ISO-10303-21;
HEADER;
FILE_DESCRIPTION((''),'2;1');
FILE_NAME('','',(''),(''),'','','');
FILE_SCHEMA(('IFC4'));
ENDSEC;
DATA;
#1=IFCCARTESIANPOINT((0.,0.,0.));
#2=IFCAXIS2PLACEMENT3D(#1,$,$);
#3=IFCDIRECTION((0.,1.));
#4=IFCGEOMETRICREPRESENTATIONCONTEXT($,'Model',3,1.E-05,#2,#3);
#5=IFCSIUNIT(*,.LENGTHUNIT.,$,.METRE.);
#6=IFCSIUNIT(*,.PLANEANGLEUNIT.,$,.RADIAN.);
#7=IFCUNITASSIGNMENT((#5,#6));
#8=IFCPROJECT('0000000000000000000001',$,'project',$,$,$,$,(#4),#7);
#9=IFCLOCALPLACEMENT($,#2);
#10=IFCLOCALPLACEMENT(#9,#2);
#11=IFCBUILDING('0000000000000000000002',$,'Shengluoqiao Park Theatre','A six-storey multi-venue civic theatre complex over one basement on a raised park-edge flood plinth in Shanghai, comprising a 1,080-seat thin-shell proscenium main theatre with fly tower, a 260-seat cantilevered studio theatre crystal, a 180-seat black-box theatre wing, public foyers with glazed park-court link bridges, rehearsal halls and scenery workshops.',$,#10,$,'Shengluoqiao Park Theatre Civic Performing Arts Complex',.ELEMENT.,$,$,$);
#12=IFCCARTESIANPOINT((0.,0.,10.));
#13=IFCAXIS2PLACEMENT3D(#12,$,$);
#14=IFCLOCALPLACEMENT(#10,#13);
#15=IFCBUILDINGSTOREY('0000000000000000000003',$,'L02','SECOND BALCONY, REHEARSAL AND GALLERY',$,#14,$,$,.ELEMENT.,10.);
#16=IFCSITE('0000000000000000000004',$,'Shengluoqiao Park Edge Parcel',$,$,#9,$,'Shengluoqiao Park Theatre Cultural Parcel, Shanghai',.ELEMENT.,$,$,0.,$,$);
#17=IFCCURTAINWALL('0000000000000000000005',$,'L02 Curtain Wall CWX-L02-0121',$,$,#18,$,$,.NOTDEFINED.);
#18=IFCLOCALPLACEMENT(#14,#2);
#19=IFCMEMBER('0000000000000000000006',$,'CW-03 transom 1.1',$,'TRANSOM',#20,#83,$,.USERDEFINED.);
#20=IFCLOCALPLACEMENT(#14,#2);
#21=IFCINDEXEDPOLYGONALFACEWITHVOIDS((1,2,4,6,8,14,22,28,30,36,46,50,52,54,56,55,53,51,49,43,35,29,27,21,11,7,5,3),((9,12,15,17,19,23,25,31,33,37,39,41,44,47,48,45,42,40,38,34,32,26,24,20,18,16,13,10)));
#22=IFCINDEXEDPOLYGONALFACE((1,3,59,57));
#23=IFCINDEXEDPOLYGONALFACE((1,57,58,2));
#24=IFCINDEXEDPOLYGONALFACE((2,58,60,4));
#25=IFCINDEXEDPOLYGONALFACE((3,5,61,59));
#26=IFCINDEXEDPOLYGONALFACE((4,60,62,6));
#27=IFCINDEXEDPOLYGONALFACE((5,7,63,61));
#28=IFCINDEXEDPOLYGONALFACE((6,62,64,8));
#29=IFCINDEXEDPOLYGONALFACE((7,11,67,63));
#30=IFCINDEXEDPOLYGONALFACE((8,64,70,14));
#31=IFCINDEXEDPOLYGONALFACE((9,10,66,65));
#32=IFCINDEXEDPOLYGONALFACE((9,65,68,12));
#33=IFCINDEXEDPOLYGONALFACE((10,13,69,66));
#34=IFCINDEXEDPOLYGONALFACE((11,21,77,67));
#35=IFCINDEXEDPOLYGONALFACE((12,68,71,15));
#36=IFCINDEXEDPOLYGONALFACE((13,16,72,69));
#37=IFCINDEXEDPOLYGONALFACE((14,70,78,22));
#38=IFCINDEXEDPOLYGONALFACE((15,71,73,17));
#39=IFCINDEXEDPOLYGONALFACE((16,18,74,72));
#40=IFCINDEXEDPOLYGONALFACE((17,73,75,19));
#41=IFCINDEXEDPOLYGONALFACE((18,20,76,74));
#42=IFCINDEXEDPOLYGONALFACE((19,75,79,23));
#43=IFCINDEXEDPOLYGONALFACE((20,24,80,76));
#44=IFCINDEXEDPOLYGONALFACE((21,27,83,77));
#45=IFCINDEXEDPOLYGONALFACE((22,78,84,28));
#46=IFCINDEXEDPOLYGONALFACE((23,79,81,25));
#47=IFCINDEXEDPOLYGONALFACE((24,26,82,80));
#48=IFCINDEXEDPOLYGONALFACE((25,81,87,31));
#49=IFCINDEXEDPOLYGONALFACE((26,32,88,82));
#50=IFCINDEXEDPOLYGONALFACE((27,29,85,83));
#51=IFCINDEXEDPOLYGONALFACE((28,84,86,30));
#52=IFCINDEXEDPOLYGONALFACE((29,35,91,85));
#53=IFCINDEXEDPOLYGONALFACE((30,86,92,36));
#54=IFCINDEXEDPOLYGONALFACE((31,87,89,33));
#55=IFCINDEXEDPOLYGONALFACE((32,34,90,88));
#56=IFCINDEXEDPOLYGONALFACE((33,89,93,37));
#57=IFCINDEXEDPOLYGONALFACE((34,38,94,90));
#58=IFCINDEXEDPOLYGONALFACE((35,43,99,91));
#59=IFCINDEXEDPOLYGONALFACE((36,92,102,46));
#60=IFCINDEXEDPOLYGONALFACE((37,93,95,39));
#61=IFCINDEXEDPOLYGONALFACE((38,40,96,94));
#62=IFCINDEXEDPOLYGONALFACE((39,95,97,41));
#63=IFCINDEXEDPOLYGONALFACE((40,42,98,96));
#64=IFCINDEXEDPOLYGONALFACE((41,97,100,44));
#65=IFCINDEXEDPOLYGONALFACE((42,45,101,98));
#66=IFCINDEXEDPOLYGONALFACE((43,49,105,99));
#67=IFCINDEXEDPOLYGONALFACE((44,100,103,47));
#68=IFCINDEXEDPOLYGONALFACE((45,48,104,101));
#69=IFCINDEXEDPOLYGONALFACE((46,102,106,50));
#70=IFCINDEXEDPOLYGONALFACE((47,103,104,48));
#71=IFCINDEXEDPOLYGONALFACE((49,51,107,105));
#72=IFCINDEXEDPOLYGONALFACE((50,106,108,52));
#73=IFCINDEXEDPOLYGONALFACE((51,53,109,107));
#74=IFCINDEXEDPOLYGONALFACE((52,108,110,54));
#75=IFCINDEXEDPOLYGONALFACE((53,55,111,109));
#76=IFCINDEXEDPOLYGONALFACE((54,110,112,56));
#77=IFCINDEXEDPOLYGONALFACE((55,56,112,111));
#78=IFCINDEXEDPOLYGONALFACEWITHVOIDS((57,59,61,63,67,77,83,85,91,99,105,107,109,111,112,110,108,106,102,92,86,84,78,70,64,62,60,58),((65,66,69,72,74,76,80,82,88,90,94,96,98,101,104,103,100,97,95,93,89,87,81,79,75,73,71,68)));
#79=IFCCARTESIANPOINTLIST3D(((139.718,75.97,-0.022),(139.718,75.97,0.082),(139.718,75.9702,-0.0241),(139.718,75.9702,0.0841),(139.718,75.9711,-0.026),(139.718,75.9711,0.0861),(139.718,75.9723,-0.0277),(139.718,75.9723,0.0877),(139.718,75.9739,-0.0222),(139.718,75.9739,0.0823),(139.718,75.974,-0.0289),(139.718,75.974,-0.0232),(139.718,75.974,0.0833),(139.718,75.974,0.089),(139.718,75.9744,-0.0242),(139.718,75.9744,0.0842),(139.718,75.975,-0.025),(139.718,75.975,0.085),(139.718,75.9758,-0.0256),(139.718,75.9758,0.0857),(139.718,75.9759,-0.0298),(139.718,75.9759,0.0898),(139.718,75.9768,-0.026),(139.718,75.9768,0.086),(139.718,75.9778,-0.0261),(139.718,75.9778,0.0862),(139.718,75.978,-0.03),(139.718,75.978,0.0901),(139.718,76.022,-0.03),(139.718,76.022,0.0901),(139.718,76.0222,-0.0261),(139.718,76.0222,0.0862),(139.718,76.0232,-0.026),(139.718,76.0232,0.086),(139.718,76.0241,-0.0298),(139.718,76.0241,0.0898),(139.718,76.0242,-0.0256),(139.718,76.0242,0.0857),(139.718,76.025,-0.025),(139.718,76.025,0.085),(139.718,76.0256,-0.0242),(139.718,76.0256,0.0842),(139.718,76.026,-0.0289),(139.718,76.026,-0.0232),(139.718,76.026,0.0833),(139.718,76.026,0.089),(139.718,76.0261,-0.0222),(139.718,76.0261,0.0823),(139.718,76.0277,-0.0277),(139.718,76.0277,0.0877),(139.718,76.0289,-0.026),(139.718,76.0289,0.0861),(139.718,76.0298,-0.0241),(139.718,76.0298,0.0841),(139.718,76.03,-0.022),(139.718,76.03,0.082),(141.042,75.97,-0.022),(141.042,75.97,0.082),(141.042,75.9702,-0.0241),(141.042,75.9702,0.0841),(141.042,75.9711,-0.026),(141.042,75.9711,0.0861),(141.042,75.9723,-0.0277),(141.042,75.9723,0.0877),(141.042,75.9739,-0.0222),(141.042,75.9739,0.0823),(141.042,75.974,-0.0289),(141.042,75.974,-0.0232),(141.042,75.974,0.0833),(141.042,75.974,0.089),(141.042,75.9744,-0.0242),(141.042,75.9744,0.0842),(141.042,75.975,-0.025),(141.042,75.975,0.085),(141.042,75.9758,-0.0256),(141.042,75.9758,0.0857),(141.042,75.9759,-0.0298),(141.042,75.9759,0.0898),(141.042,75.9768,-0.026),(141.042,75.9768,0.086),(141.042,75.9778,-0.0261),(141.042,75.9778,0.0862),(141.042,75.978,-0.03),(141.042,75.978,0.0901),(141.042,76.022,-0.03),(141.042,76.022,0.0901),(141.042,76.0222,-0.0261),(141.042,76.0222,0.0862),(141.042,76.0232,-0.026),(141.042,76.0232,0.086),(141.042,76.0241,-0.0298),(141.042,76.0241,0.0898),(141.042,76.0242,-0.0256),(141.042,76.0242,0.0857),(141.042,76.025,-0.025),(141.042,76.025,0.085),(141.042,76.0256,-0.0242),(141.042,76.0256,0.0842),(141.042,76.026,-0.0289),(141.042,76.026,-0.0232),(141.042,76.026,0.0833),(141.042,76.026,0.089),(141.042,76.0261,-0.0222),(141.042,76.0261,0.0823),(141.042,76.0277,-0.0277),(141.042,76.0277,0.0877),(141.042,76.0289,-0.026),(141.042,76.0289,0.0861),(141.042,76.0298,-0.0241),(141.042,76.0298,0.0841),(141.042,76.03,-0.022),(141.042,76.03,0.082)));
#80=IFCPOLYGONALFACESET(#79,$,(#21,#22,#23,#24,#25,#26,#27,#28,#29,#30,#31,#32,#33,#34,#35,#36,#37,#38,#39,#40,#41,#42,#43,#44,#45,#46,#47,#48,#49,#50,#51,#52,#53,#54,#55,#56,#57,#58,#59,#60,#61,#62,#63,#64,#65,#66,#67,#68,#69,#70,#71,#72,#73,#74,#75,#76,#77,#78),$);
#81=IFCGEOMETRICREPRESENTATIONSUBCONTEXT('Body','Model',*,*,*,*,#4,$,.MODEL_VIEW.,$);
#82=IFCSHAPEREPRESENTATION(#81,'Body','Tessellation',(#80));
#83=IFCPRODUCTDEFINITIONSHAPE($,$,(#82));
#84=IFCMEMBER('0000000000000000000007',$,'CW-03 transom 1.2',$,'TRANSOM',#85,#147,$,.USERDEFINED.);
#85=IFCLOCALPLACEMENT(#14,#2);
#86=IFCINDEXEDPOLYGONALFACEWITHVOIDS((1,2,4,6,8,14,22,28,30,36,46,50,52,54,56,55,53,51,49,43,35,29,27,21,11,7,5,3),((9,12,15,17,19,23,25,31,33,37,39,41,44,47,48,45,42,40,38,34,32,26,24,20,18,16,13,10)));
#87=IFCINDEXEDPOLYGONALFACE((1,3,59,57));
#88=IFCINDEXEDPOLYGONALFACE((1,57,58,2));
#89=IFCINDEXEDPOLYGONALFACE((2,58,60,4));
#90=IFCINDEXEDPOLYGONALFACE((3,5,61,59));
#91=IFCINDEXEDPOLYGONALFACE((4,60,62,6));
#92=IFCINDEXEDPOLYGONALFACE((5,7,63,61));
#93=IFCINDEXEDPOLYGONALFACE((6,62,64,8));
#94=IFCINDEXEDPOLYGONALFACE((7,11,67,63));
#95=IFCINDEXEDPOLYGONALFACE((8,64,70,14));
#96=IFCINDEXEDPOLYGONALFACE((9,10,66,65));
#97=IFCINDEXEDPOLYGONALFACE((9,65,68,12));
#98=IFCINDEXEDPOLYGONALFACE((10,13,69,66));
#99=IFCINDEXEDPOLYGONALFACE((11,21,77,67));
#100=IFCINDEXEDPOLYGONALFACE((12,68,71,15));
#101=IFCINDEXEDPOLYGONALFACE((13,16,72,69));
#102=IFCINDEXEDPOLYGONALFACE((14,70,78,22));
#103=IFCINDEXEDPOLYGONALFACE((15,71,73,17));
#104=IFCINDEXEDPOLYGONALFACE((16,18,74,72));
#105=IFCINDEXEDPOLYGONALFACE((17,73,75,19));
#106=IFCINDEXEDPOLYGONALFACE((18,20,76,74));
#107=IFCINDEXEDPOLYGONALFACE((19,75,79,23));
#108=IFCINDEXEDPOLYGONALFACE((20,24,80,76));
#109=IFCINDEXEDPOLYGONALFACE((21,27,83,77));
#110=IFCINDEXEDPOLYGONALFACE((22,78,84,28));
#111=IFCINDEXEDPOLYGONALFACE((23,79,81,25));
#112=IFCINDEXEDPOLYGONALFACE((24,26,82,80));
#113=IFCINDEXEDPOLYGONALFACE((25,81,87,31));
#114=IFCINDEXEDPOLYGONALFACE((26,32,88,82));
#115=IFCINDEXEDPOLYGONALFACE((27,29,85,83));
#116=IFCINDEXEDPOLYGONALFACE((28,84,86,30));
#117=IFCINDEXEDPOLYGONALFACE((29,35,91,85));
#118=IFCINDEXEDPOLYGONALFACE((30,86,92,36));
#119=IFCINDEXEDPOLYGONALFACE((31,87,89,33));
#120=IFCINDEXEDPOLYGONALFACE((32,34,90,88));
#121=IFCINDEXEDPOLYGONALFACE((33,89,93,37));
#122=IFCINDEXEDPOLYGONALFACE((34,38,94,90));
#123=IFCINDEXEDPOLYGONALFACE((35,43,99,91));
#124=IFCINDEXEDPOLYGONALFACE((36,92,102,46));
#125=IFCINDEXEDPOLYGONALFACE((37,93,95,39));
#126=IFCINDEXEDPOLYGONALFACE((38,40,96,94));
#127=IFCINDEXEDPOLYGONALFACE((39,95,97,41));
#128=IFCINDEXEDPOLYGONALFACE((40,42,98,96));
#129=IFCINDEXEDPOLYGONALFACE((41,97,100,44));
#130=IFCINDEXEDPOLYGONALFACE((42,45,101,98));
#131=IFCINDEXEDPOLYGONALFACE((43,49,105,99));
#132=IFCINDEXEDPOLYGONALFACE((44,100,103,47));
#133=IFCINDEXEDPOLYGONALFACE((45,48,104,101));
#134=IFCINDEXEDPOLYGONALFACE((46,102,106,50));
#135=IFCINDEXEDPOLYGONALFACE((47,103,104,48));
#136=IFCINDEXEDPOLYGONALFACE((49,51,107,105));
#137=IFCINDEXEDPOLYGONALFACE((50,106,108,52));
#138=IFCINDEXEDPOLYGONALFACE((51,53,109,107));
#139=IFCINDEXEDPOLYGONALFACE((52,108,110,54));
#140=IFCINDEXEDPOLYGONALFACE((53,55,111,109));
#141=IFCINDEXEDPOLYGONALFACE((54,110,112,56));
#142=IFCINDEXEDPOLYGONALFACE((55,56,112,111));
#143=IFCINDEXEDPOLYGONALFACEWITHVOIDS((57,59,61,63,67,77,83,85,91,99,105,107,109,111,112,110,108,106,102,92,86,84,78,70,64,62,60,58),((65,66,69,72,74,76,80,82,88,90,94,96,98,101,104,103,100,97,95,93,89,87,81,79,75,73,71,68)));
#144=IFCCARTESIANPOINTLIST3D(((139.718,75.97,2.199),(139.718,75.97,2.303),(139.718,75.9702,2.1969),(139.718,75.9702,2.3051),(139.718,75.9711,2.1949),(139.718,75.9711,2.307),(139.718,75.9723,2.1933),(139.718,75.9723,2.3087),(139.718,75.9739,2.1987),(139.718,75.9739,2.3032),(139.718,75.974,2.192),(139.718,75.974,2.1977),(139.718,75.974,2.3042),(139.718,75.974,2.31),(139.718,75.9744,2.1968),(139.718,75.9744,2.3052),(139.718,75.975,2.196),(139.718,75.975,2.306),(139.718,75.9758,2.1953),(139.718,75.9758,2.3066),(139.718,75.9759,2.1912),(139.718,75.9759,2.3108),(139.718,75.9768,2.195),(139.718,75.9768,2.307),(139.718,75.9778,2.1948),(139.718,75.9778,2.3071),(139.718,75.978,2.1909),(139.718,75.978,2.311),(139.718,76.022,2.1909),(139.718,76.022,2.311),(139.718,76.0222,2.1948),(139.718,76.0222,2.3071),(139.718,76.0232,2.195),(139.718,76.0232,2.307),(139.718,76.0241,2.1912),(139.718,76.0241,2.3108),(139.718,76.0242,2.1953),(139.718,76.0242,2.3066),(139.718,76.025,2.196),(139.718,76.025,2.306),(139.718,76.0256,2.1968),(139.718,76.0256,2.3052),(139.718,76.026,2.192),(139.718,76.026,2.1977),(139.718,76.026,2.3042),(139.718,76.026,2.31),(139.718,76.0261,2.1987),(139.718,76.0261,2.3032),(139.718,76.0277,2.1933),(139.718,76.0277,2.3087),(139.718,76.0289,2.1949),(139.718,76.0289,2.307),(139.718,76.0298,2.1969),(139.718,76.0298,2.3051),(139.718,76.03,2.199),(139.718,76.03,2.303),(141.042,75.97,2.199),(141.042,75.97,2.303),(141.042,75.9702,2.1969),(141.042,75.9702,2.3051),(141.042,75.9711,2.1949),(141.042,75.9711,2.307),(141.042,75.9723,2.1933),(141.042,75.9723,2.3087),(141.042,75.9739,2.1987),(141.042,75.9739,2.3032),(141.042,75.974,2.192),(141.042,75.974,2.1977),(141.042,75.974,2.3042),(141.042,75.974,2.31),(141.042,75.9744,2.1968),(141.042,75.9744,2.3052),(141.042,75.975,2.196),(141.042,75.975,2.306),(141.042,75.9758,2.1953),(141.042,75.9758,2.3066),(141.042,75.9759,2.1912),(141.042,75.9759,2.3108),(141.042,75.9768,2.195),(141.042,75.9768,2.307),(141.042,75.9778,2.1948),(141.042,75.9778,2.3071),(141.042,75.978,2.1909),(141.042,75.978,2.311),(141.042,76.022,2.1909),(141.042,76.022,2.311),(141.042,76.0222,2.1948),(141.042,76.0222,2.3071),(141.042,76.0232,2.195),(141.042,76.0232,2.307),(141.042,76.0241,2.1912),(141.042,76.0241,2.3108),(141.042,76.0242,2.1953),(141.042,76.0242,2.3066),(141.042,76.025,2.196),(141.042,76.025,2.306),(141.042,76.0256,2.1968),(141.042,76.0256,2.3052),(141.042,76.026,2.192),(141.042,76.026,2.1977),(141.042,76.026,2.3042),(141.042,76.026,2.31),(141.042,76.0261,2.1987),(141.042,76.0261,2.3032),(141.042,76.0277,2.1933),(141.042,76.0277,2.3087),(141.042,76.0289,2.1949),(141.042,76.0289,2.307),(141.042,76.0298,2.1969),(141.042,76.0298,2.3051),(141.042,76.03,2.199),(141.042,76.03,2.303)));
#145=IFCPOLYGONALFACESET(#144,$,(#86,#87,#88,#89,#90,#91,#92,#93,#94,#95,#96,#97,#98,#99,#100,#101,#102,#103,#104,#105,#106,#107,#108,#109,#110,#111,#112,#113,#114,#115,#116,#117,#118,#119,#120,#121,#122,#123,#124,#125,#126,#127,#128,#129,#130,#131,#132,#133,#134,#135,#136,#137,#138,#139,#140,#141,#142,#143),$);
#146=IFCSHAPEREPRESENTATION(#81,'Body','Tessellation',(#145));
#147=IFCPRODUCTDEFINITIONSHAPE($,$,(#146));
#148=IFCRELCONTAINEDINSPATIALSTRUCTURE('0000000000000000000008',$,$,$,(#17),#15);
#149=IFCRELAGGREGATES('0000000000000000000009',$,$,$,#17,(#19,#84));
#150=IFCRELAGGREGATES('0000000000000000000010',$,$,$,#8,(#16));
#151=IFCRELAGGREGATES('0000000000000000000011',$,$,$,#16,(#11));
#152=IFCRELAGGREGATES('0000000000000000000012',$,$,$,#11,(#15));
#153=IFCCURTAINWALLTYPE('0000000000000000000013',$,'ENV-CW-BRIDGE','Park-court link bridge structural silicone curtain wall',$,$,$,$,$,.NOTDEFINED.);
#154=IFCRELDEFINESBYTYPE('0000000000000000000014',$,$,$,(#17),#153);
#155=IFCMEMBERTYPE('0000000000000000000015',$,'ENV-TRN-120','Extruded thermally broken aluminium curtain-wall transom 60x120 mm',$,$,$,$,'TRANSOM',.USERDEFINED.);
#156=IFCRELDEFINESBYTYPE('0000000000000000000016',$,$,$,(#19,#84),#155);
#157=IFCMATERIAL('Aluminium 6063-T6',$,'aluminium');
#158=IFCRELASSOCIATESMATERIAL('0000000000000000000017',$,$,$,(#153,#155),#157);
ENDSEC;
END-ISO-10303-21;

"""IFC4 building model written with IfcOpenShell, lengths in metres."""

from ifc_helpers import new_model, si_unit, direction, frame, origin, origin_2d, place, context, subcontext, project, spatial, hollow_rectangle, extrude, material, material_profile, profile_set, type_object, element, aggregate, save


model = new_model("IFC4")

# Units and contexts
model_context = context("Model", 3, precision=1e-05, world=origin(), true_north=direction((0.0, 1.0)))
body_context = subcontext(model_context, "Body", "Model", "MODEL_VIEW")
ifc_project = project(units=[si_unit("LENGTHUNIT", "METRE"), si_unit("PLANEANGLEUNIT", "RADIAN")], contexts=[model_context])

# Site, building, storey
site_placement = place(None, origin())
site = spatial("IfcSite", under=ifc_project, at=site_placement, Name="Shengluoqiao Park Edge Parcel", LongName="Shengluoqiao Park Theatre Cultural Parcel, Shanghai", CompositionType="ELEMENT", RefElevation=0.0)
building_placement = place(site_placement, origin())
building = spatial("IfcBuilding", under=site, at=building_placement, Name="Shengluoqiao Park Theatre", Description="A six-storey multi-venue civic theatre complex over one basement on a raised park-edge flood plinth in Shanghai, comprising a 1,080-seat thin-shell proscenium main theatre with fly tower, a 260-seat cantilevered studio theatre crystal, a 180-seat black-box theatre wing, public foyers with glazed park-court link bridges, rehearsal halls and scenery workshops.", LongName="Shengluoqiao Park Theatre Civic Performing Arts Complex", CompositionType="ELEMENT")
storey_placement = place(building_placement, frame((0.0, 0.0, 10.0)))
storey = spatial("IfcBuildingStorey", under=building, at=storey_placement, Name="L02", Description="SECOND BALCONY, REHEARSAL AND GALLERY", CompositionType="ELEMENT", Elevation=10.0)

# Curtain wall, members
ifc_material_1 = material(Name="Aluminium 6063-T6", Category="aluminium")
curtain_wall_type = type_object("IfcCurtainWallType", Name="ENV-CW-BRIDGE", Description="Park-court link bridge structural silicone curtain wall", PredefinedType="NOTDEFINED", material=ifc_material_1)
curtain_wall_placement = place(storey_placement, origin())
curtain_wall = element("IfcCurtainWall", 1, at=curtain_wall_placement, inside=storey, type_object=curtain_wall_type, Name="L02 Curtain Wall CWX-L02-0121", PredefinedType="NOTDEFINED")
ifc_material_profile_1 = material_profile(ifc_material_1, hollow_rectangle(XDim=0.0601, YDim=0.1201, WallThickness=0.0039, InnerFilletRadius=0.0039, OuterFilletRadius=0.0081, at=origin_2d()), Name="ALU TRANSOM 120x60x4")
ifc_profile_set_1 = profile_set([ifc_material_profile_1], Name="Aluminium 6063-T6")
member_type_1 = type_object("IfcMemberType", Name="ENV-TRN-120", Description="Extruded thermally broken aluminium curtain-wall transom 60x120 mm", ElementType="TRANSOM", PredefinedType="USERDEFINED", material=ifc_profile_set_1)
member_1_placement = place(storey_placement, frame((139.718, 76.0, 0.03), z_axis=(1.0, 0.0, 0.0), x_axis=(0.0, 1.0, 0.0)))
member_1 = element("IfcMember", 2, at=member_1_placement, type_object=member_type_1, Name="CW-03 transom 1.1", ObjectType="TRANSOM", PredefinedType="USERDEFINED", context=body_context, shape_type="SweptSolid", body=[
    extrude(hollow_rectangle(XDim=0.0601, YDim=0.1201, WallThickness=0.0039, InnerFilletRadius=0.0039, OuterFilletRadius=0.0081, at=origin_2d()), origin(), (0.0, 0.0, 1.0), 1.324),
])
member_2_placement = place(storey_placement, frame((139.718, 76.0, 2.251), z_axis=(1.0, 0.0, 0.0), x_axis=(0.0, 1.0, 0.0)))
member_2 = element("IfcMember", 3, at=member_2_placement, type_object=member_type_1, Name="CW-03 transom 1.2", ObjectType="TRANSOM", PredefinedType="USERDEFINED", context=body_context, shape_type="SweptSolid", body=[
    extrude(hollow_rectangle(XDim=0.0601, YDim=0.1201, WallThickness=0.0039, InnerFilletRadius=0.0039, OuterFilletRadius=0.0081, at=origin_2d()), origin(), (0.0, 0.0, 1.0), 1.324),
])
aggregate(curtain_wall, [member_1, member_2])

save(model, "model.ifc")
